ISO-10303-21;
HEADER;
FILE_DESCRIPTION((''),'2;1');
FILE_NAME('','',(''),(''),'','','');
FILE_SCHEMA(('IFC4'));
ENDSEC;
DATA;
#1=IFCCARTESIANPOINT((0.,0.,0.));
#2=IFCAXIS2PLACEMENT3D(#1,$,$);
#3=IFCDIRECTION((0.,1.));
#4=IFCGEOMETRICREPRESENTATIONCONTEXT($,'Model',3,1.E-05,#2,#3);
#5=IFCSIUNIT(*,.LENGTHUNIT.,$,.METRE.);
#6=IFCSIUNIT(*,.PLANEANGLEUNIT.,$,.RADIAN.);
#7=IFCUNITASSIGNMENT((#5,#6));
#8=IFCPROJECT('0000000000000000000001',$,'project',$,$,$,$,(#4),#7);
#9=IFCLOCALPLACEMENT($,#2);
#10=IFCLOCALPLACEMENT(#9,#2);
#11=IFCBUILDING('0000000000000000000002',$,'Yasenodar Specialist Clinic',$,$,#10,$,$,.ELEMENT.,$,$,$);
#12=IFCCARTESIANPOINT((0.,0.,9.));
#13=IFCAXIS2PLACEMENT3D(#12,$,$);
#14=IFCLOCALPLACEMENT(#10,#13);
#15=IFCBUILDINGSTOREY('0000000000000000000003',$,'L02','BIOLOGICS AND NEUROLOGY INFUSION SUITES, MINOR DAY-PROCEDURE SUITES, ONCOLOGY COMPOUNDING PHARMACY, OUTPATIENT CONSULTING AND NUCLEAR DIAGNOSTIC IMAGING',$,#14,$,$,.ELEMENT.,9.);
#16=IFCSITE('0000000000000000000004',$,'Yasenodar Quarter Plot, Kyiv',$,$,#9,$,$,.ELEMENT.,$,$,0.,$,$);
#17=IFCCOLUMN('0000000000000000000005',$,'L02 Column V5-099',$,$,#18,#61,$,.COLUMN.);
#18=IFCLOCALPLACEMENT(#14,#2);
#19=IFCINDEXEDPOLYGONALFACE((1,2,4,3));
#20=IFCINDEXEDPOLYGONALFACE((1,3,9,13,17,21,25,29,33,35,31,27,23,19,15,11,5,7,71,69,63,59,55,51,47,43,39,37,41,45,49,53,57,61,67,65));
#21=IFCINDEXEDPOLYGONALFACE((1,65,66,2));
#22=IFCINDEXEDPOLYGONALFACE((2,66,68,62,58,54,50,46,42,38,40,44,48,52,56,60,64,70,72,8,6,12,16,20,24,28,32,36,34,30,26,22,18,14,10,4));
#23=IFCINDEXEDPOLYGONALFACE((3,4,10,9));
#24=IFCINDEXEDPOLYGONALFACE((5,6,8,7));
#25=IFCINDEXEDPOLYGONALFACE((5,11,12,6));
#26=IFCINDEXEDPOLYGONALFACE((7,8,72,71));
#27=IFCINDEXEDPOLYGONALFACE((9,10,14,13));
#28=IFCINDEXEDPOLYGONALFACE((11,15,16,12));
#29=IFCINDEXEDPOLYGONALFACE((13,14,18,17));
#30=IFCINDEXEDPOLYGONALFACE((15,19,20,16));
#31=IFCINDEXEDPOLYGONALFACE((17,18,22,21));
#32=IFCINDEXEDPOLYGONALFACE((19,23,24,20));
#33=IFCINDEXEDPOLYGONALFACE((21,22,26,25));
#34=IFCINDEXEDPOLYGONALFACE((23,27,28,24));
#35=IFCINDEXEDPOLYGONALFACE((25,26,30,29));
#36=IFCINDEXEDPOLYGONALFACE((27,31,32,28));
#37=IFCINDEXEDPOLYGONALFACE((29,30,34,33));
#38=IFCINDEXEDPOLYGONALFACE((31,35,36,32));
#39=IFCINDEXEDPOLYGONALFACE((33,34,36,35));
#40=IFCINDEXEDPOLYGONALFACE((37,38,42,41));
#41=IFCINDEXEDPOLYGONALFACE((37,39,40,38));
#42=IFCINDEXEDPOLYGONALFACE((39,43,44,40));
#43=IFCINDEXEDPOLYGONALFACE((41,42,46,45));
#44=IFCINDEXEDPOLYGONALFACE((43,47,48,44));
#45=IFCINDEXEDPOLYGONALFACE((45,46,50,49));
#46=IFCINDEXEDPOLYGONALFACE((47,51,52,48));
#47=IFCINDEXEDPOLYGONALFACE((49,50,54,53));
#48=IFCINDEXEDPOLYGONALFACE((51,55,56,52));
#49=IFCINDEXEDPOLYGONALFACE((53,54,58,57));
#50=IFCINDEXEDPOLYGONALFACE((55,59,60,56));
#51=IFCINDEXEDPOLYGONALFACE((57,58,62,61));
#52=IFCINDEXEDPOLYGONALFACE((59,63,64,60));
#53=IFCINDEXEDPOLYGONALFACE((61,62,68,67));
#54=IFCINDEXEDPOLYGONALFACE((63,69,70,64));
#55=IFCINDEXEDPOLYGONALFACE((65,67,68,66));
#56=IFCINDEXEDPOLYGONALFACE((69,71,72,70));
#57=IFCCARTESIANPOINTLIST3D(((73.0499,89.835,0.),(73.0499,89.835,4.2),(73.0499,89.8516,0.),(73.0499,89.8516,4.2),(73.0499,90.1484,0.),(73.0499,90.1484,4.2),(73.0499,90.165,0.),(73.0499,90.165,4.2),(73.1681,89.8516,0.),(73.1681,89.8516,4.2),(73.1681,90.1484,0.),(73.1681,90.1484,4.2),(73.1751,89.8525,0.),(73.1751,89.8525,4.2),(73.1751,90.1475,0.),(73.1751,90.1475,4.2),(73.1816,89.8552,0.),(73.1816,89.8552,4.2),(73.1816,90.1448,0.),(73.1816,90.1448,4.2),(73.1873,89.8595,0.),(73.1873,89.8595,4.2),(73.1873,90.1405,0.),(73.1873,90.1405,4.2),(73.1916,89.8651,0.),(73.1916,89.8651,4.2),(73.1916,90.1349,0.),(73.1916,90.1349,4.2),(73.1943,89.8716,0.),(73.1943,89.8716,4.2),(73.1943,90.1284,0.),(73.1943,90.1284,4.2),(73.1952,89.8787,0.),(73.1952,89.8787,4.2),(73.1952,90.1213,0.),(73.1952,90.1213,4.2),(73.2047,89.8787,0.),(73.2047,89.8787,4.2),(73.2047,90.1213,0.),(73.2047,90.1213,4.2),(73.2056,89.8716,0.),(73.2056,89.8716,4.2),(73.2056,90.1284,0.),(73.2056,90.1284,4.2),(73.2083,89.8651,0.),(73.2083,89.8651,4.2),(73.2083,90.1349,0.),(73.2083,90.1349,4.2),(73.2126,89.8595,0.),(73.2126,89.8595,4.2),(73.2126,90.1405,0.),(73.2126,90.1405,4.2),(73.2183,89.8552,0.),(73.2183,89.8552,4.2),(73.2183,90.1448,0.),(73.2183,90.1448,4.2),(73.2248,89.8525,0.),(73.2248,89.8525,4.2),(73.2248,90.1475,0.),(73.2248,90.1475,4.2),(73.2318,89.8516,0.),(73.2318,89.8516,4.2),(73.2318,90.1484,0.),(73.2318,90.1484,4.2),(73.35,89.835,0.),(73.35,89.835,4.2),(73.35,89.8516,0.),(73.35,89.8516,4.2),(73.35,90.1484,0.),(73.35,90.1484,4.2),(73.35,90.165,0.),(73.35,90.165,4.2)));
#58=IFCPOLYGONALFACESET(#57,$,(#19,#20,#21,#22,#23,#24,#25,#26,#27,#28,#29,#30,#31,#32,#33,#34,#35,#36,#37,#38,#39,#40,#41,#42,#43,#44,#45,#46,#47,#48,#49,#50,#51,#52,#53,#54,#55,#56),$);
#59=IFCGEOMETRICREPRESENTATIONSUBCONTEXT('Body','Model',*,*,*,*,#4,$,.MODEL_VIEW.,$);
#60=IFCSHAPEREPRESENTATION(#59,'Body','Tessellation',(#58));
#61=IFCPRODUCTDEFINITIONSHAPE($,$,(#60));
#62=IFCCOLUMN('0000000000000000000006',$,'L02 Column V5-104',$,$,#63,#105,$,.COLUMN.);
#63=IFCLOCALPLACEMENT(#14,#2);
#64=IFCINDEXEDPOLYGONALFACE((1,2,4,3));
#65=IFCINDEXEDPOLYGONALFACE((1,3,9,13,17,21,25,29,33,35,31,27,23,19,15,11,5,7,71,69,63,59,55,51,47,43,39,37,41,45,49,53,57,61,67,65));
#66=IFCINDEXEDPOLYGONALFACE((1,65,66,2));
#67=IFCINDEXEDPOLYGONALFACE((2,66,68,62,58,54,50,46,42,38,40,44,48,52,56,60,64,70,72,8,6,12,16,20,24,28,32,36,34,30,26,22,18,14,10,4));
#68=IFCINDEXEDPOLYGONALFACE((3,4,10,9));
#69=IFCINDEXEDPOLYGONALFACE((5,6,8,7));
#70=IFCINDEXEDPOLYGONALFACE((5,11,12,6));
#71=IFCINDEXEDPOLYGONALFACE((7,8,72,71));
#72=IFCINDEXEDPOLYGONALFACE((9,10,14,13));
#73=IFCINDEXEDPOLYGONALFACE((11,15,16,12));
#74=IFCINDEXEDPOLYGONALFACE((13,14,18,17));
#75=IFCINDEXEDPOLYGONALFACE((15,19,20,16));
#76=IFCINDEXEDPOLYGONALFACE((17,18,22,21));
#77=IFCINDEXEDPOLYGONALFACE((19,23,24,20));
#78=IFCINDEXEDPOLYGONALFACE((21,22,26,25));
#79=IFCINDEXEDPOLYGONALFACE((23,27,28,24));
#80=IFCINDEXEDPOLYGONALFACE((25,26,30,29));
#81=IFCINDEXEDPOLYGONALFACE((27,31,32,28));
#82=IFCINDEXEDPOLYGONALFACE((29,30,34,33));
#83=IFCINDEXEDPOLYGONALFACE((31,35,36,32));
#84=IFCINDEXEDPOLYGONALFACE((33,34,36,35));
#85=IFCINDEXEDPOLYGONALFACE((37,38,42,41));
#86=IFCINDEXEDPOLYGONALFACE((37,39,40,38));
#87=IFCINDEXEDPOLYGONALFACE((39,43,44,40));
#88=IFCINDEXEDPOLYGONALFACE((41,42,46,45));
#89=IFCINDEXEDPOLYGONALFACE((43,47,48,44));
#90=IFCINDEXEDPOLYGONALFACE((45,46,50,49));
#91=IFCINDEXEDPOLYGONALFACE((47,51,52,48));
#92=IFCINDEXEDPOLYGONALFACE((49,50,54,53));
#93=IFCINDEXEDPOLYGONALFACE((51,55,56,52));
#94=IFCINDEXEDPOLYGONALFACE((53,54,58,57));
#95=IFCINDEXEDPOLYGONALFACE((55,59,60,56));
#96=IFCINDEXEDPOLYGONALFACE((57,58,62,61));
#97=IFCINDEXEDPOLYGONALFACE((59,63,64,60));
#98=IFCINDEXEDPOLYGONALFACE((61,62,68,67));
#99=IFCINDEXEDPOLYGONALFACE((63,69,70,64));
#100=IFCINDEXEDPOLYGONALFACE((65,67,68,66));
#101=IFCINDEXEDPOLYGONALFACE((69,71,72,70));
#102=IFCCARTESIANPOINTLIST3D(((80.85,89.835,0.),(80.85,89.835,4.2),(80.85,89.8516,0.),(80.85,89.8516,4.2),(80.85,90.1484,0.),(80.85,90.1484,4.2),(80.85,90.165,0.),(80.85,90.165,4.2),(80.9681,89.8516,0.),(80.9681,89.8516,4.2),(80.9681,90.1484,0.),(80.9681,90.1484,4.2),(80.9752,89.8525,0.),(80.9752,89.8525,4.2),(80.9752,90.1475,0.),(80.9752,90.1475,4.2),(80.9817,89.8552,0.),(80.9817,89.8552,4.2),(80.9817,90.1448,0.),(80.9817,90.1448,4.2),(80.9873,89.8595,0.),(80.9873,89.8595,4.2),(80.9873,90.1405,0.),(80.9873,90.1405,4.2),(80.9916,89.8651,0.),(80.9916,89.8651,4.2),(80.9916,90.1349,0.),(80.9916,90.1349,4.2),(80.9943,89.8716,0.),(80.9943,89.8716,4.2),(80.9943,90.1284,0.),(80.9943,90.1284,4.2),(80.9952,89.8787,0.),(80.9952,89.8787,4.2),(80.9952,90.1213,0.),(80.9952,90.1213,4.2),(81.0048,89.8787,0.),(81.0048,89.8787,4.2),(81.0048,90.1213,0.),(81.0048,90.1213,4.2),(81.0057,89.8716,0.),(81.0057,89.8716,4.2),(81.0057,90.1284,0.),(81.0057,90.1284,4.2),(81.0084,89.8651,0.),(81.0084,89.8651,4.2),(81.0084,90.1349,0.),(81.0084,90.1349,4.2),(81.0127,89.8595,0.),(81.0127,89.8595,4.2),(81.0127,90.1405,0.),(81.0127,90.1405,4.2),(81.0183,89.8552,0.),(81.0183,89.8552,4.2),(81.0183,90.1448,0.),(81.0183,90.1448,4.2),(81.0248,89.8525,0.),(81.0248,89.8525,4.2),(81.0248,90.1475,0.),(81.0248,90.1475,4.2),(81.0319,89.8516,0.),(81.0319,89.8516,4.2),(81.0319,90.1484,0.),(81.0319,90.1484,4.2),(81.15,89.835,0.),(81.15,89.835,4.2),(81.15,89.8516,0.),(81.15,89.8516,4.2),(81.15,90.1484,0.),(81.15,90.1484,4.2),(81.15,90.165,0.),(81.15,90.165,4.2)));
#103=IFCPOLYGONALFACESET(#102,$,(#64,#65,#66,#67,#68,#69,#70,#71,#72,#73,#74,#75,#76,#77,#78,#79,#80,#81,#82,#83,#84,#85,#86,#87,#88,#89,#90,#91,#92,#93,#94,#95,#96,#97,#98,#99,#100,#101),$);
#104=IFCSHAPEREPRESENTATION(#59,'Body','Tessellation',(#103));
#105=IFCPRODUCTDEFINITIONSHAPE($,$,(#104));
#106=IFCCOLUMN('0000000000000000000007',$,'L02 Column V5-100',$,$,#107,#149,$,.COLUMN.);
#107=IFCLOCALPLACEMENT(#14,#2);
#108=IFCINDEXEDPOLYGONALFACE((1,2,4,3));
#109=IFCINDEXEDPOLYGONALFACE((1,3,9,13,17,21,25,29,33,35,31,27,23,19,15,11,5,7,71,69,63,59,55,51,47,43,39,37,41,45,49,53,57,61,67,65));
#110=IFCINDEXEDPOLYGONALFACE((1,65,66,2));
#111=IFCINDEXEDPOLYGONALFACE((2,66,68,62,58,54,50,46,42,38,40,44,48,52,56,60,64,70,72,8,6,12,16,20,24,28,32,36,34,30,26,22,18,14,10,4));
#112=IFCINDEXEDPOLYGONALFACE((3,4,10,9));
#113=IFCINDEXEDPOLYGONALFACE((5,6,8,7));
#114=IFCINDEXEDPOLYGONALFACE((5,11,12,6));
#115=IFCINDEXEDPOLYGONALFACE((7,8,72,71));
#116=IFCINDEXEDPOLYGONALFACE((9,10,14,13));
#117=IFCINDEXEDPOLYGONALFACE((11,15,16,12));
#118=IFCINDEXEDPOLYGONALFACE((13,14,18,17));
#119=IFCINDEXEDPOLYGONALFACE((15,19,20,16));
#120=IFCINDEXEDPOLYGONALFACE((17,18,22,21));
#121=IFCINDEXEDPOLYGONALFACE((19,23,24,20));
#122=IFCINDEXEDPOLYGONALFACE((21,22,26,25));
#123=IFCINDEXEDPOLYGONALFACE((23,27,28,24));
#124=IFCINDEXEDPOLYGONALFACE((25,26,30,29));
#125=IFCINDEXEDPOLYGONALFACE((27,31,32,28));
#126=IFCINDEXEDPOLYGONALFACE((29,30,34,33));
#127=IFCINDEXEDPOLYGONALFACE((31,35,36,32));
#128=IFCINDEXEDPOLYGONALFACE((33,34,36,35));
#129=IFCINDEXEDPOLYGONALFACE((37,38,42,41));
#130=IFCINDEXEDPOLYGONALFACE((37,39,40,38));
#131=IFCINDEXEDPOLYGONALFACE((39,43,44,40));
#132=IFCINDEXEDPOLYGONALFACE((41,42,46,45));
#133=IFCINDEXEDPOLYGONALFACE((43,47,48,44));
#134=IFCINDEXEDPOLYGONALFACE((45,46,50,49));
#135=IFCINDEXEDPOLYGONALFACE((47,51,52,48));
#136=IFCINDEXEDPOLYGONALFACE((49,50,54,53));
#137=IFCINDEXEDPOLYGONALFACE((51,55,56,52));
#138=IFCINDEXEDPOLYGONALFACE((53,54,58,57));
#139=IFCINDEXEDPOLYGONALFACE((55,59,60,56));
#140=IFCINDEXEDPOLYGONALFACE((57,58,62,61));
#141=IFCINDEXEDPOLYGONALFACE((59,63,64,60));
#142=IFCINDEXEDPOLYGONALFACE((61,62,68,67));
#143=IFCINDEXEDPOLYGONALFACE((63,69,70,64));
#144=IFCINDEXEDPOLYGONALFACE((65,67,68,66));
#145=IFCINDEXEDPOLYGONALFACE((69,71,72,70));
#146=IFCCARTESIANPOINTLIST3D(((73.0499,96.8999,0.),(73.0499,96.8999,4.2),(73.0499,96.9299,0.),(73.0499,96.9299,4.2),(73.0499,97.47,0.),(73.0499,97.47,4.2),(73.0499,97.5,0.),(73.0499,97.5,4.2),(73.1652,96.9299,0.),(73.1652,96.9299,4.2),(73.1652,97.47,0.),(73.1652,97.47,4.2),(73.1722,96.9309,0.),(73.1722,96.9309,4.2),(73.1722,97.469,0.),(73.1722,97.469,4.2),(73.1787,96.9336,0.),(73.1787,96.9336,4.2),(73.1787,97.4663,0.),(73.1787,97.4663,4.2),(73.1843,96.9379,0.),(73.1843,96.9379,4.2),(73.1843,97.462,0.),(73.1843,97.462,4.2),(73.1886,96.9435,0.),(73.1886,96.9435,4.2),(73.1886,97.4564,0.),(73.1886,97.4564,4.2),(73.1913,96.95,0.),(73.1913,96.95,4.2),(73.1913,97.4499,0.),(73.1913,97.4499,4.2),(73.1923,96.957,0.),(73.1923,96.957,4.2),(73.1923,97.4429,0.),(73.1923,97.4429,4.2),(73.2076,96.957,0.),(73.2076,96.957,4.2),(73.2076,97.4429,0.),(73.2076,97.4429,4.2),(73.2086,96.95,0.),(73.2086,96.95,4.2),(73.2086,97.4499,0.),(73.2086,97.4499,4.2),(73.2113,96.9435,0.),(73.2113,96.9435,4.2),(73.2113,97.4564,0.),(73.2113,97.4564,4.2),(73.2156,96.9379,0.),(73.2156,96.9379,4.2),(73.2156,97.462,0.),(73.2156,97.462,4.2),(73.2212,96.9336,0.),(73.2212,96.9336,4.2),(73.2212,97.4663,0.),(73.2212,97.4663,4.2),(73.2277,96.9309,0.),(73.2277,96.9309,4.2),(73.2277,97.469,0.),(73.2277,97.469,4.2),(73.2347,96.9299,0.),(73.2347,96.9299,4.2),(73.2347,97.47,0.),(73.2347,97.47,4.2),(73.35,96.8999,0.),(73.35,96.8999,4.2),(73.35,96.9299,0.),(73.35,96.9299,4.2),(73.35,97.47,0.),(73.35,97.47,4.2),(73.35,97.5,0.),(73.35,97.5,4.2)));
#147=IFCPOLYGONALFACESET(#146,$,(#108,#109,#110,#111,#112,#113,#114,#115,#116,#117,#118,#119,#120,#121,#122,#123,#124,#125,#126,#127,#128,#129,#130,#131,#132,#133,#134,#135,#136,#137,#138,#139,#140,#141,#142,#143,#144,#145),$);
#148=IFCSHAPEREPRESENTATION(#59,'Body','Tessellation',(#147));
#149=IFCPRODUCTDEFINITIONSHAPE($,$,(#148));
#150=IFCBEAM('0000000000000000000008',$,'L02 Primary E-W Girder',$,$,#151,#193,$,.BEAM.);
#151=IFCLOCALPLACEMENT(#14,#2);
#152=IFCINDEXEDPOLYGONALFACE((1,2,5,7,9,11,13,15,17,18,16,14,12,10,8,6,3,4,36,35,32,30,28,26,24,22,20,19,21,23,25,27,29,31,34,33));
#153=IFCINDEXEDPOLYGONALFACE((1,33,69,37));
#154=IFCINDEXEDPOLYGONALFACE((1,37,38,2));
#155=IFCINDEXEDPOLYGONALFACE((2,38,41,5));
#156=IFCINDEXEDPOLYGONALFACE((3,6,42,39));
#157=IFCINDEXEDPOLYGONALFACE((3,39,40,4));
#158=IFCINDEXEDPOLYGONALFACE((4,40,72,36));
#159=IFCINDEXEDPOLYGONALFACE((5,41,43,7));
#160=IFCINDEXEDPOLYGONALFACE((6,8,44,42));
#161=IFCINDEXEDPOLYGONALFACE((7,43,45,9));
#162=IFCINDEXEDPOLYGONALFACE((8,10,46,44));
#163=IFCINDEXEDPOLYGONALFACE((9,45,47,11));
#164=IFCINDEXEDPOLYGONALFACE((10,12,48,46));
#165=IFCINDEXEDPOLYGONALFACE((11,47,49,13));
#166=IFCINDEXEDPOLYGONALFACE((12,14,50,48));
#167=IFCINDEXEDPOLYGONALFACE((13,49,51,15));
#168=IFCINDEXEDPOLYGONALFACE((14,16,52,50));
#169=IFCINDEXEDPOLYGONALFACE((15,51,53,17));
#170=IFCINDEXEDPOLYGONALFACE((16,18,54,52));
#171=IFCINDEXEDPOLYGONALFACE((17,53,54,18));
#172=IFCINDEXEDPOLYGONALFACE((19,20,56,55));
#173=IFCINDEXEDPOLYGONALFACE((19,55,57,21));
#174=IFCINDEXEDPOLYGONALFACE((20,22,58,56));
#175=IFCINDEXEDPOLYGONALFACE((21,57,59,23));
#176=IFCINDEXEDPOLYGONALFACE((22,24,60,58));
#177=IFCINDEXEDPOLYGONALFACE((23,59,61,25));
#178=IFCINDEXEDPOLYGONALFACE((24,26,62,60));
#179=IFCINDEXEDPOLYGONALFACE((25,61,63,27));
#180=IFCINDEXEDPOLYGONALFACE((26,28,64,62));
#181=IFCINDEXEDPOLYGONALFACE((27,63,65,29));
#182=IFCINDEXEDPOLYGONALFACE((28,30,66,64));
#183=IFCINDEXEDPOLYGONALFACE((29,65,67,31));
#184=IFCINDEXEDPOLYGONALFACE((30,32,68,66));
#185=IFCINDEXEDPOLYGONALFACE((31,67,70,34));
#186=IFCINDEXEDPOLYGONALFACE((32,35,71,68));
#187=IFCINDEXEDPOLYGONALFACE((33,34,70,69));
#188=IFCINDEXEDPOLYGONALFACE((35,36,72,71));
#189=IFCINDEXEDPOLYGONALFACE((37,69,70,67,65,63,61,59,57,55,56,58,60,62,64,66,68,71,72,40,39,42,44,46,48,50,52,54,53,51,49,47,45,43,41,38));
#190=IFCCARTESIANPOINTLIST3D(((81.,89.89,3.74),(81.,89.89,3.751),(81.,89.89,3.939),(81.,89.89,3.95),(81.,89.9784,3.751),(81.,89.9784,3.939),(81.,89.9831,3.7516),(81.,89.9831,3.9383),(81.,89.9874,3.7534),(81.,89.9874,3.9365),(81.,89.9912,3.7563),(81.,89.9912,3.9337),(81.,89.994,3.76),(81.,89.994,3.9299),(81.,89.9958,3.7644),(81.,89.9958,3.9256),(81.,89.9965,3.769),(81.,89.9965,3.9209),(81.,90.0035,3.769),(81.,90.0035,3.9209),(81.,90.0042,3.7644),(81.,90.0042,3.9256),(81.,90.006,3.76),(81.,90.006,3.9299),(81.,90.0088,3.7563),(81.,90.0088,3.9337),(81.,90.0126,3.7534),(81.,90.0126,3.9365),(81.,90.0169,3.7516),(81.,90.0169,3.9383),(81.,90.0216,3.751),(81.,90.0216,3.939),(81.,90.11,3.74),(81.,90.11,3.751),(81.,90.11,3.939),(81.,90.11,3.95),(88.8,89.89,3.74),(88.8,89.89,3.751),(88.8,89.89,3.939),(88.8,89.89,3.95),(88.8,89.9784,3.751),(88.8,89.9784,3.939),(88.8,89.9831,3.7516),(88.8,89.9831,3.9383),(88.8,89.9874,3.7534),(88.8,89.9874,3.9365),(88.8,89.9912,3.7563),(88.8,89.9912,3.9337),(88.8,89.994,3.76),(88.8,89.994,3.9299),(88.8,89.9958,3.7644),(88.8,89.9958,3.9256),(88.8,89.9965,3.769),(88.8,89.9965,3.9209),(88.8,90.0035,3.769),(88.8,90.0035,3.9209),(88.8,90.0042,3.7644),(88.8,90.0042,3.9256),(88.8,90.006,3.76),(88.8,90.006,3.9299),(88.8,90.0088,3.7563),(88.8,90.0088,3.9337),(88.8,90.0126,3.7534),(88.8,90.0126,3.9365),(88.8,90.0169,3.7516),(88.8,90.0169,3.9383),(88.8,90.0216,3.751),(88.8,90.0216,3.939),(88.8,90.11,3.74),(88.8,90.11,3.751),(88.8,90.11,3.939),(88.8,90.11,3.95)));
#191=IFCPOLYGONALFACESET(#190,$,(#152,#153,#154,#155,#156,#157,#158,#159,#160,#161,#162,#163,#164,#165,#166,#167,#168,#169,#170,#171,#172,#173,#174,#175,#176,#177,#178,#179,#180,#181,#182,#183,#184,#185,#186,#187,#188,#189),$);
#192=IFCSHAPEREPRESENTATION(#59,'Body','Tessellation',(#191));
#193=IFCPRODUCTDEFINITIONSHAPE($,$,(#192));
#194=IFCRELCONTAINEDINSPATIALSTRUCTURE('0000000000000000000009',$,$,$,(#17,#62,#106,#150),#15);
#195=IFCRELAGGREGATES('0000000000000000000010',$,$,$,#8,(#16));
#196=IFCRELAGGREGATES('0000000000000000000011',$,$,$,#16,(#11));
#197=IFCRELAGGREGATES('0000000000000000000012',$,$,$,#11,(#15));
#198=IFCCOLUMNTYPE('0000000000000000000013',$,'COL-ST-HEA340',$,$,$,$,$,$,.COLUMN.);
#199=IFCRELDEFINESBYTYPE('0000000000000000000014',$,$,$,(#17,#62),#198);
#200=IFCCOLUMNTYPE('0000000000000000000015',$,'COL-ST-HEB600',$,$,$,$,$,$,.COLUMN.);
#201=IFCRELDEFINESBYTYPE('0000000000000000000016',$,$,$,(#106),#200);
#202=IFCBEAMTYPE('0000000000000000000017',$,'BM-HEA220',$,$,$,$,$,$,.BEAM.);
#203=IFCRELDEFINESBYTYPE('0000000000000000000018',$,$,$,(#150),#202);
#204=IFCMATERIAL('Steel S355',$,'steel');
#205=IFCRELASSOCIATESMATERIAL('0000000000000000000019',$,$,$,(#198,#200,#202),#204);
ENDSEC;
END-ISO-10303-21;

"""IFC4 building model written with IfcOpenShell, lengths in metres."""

from ifc_helpers import new_model, si_unit, direction, frame, origin, origin_2d, place, context, subcontext, project, spatial, i_section, extrude, material, material_profile, profile_set, type_object, element, save


model = new_model("IFC4")

# Units and contexts
model_context = context("Model", 3, precision=1e-05, world=origin(), true_north=direction((0.0, 1.0)))
body_context = subcontext(model_context, "Body", "Model", "MODEL_VIEW")
ifc_project = project(units=[si_unit("LENGTHUNIT", "METRE"), si_unit("PLANEANGLEUNIT", "RADIAN")], contexts=[model_context])

# Site, building, storey
site_placement = place(None, origin())
site = spatial("IfcSite", under=ifc_project, at=site_placement, Name="Yasenodar Quarter Plot, Kyiv", CompositionType="ELEMENT", RefElevation=0.0)
building_placement = place(site_placement, origin())
building = spatial("IfcBuilding", under=site, at=building_placement, Name="Yasenodar Specialist Clinic", CompositionType="ELEMENT")
storey_placement = place(building_placement, frame((0.0, 0.0, 9.0)))
storey = spatial("IfcBuildingStorey", under=building, at=storey_placement, Name="L02", Description="BIOLOGICS AND NEUROLOGY INFUSION SUITES, MINOR DAY-PROCEDURE SUITES, ONCOLOGY COMPOUNDING PHARMACY, OUTPATIENT CONSULTING AND NUCLEAR DIAGNOSTIC IMAGING", CompositionType="ELEMENT", Elevation=9.0)

# Columns
ifc_material_1 = material(Name="Steel S355", Category="steel")
ifc_material_profile_1 = material_profile(ifc_material_1, i_section(OverallWidth=0.3, OverallDepth=0.3301, WebThickness=0.0095, FlangeThickness=0.0166, FilletRadius=0.0271, at=origin_2d()), Name="HEA 340")
ifc_profile_set_1 = profile_set([ifc_material_profile_1], Name="Steel S355")
column_type_1 = type_object("IfcColumnType", Name="COL-ST-HEA340", PredefinedType="COLUMN", material=ifc_profile_set_1)
for number, where, z_axis, x_axis, name in (
    (1, (73.2, 90.0, 0.0), (0.0, 0.0, 1.0), (1.0, 0.0, 0.0), "L02 Column V5-099"),
    (2, (81.0, 90.0, 0.0), (0.0, 0.0, 1.0), (1.0, 0.0, 0.0), "L02 Column V5-104"),
):
    element("IfcColumn", number, at=place(storey_placement, frame(where, z_axis=z_axis, x_axis=x_axis)), inside=storey, type_object=column_type_1, Name=name, PredefinedType="COLUMN", context=body_context, shape_type="SweptSolid", body=[
        extrude(i_section(OverallWidth=0.3, OverallDepth=0.3301, WebThickness=0.0095, FlangeThickness=0.0166, FilletRadius=0.0271, at=origin_2d()), origin(), (0.0, 0.0, 1.0), 4.2),
    ])
ifc_material_profile_2 = material_profile(ifc_material_1, i_section(OverallWidth=0.3, OverallDepth=0.6001, WebThickness=0.0154, FlangeThickness=0.03, FilletRadius=0.0271, at=origin_2d()), Name="HEB 600")
ifc_profile_set_2 = profile_set([ifc_material_profile_2], Name="Steel S355")
column_type_2 = type_object("IfcColumnType", Name="COL-ST-HEB600", PredefinedType="COLUMN", material=ifc_profile_set_2)
column_placement = place(storey_placement, frame((73.2, 97.2, 0.0), z_axis=(0.0, 0.0, 1.0), x_axis=(1.0, 0.0, 0.0)))
element("IfcColumn", 3, at=column_placement, inside=storey, type_object=column_type_2, Name="L02 Column V5-100", PredefinedType="COLUMN", context=body_context, shape_type="SweptSolid", body=[
    extrude(i_section(OverallWidth=0.3, OverallDepth=0.6001, WebThickness=0.0154, FlangeThickness=0.03, FilletRadius=0.0271, at=origin_2d()), origin(), (0.0, 0.0, 1.0), 4.2),
])

# Beam
ifc_material_profile_3 = material_profile(ifc_material_1, i_section(OverallWidth=0.22, OverallDepth=0.21, WebThickness=0.0071, FlangeThickness=0.011, FilletRadius=0.0181, at=origin_2d()), Name="HEA 220")
ifc_profile_set_3 = profile_set([ifc_material_profile_3], Name="Steel S355")
beam_type_1 = type_object("IfcBeamType", Name="BM-HEA220", PredefinedType="BEAM", material=ifc_profile_set_3)
beam_1_placement = place(storey_placement, frame((81.0, 90.0, 3.845), z_axis=(1.0, 0.0, 0.0), x_axis=(0.0, 1.0, 0.0)))
element("IfcBeam", 4, at=beam_1_placement, inside=storey, type_object=beam_type_1, Name="L02 Primary E-W Girder", PredefinedType="BEAM", context=body_context, shape_type="SweptSolid", body=[
    extrude(i_section(OverallWidth=0.22, OverallDepth=0.21, WebThickness=0.0071, FlangeThickness=0.011, FilletRadius=0.0181, at=origin_2d()), origin(), (0.0, 0.0, 1.0), 7.8),
])

save(model, "model.ifc")
